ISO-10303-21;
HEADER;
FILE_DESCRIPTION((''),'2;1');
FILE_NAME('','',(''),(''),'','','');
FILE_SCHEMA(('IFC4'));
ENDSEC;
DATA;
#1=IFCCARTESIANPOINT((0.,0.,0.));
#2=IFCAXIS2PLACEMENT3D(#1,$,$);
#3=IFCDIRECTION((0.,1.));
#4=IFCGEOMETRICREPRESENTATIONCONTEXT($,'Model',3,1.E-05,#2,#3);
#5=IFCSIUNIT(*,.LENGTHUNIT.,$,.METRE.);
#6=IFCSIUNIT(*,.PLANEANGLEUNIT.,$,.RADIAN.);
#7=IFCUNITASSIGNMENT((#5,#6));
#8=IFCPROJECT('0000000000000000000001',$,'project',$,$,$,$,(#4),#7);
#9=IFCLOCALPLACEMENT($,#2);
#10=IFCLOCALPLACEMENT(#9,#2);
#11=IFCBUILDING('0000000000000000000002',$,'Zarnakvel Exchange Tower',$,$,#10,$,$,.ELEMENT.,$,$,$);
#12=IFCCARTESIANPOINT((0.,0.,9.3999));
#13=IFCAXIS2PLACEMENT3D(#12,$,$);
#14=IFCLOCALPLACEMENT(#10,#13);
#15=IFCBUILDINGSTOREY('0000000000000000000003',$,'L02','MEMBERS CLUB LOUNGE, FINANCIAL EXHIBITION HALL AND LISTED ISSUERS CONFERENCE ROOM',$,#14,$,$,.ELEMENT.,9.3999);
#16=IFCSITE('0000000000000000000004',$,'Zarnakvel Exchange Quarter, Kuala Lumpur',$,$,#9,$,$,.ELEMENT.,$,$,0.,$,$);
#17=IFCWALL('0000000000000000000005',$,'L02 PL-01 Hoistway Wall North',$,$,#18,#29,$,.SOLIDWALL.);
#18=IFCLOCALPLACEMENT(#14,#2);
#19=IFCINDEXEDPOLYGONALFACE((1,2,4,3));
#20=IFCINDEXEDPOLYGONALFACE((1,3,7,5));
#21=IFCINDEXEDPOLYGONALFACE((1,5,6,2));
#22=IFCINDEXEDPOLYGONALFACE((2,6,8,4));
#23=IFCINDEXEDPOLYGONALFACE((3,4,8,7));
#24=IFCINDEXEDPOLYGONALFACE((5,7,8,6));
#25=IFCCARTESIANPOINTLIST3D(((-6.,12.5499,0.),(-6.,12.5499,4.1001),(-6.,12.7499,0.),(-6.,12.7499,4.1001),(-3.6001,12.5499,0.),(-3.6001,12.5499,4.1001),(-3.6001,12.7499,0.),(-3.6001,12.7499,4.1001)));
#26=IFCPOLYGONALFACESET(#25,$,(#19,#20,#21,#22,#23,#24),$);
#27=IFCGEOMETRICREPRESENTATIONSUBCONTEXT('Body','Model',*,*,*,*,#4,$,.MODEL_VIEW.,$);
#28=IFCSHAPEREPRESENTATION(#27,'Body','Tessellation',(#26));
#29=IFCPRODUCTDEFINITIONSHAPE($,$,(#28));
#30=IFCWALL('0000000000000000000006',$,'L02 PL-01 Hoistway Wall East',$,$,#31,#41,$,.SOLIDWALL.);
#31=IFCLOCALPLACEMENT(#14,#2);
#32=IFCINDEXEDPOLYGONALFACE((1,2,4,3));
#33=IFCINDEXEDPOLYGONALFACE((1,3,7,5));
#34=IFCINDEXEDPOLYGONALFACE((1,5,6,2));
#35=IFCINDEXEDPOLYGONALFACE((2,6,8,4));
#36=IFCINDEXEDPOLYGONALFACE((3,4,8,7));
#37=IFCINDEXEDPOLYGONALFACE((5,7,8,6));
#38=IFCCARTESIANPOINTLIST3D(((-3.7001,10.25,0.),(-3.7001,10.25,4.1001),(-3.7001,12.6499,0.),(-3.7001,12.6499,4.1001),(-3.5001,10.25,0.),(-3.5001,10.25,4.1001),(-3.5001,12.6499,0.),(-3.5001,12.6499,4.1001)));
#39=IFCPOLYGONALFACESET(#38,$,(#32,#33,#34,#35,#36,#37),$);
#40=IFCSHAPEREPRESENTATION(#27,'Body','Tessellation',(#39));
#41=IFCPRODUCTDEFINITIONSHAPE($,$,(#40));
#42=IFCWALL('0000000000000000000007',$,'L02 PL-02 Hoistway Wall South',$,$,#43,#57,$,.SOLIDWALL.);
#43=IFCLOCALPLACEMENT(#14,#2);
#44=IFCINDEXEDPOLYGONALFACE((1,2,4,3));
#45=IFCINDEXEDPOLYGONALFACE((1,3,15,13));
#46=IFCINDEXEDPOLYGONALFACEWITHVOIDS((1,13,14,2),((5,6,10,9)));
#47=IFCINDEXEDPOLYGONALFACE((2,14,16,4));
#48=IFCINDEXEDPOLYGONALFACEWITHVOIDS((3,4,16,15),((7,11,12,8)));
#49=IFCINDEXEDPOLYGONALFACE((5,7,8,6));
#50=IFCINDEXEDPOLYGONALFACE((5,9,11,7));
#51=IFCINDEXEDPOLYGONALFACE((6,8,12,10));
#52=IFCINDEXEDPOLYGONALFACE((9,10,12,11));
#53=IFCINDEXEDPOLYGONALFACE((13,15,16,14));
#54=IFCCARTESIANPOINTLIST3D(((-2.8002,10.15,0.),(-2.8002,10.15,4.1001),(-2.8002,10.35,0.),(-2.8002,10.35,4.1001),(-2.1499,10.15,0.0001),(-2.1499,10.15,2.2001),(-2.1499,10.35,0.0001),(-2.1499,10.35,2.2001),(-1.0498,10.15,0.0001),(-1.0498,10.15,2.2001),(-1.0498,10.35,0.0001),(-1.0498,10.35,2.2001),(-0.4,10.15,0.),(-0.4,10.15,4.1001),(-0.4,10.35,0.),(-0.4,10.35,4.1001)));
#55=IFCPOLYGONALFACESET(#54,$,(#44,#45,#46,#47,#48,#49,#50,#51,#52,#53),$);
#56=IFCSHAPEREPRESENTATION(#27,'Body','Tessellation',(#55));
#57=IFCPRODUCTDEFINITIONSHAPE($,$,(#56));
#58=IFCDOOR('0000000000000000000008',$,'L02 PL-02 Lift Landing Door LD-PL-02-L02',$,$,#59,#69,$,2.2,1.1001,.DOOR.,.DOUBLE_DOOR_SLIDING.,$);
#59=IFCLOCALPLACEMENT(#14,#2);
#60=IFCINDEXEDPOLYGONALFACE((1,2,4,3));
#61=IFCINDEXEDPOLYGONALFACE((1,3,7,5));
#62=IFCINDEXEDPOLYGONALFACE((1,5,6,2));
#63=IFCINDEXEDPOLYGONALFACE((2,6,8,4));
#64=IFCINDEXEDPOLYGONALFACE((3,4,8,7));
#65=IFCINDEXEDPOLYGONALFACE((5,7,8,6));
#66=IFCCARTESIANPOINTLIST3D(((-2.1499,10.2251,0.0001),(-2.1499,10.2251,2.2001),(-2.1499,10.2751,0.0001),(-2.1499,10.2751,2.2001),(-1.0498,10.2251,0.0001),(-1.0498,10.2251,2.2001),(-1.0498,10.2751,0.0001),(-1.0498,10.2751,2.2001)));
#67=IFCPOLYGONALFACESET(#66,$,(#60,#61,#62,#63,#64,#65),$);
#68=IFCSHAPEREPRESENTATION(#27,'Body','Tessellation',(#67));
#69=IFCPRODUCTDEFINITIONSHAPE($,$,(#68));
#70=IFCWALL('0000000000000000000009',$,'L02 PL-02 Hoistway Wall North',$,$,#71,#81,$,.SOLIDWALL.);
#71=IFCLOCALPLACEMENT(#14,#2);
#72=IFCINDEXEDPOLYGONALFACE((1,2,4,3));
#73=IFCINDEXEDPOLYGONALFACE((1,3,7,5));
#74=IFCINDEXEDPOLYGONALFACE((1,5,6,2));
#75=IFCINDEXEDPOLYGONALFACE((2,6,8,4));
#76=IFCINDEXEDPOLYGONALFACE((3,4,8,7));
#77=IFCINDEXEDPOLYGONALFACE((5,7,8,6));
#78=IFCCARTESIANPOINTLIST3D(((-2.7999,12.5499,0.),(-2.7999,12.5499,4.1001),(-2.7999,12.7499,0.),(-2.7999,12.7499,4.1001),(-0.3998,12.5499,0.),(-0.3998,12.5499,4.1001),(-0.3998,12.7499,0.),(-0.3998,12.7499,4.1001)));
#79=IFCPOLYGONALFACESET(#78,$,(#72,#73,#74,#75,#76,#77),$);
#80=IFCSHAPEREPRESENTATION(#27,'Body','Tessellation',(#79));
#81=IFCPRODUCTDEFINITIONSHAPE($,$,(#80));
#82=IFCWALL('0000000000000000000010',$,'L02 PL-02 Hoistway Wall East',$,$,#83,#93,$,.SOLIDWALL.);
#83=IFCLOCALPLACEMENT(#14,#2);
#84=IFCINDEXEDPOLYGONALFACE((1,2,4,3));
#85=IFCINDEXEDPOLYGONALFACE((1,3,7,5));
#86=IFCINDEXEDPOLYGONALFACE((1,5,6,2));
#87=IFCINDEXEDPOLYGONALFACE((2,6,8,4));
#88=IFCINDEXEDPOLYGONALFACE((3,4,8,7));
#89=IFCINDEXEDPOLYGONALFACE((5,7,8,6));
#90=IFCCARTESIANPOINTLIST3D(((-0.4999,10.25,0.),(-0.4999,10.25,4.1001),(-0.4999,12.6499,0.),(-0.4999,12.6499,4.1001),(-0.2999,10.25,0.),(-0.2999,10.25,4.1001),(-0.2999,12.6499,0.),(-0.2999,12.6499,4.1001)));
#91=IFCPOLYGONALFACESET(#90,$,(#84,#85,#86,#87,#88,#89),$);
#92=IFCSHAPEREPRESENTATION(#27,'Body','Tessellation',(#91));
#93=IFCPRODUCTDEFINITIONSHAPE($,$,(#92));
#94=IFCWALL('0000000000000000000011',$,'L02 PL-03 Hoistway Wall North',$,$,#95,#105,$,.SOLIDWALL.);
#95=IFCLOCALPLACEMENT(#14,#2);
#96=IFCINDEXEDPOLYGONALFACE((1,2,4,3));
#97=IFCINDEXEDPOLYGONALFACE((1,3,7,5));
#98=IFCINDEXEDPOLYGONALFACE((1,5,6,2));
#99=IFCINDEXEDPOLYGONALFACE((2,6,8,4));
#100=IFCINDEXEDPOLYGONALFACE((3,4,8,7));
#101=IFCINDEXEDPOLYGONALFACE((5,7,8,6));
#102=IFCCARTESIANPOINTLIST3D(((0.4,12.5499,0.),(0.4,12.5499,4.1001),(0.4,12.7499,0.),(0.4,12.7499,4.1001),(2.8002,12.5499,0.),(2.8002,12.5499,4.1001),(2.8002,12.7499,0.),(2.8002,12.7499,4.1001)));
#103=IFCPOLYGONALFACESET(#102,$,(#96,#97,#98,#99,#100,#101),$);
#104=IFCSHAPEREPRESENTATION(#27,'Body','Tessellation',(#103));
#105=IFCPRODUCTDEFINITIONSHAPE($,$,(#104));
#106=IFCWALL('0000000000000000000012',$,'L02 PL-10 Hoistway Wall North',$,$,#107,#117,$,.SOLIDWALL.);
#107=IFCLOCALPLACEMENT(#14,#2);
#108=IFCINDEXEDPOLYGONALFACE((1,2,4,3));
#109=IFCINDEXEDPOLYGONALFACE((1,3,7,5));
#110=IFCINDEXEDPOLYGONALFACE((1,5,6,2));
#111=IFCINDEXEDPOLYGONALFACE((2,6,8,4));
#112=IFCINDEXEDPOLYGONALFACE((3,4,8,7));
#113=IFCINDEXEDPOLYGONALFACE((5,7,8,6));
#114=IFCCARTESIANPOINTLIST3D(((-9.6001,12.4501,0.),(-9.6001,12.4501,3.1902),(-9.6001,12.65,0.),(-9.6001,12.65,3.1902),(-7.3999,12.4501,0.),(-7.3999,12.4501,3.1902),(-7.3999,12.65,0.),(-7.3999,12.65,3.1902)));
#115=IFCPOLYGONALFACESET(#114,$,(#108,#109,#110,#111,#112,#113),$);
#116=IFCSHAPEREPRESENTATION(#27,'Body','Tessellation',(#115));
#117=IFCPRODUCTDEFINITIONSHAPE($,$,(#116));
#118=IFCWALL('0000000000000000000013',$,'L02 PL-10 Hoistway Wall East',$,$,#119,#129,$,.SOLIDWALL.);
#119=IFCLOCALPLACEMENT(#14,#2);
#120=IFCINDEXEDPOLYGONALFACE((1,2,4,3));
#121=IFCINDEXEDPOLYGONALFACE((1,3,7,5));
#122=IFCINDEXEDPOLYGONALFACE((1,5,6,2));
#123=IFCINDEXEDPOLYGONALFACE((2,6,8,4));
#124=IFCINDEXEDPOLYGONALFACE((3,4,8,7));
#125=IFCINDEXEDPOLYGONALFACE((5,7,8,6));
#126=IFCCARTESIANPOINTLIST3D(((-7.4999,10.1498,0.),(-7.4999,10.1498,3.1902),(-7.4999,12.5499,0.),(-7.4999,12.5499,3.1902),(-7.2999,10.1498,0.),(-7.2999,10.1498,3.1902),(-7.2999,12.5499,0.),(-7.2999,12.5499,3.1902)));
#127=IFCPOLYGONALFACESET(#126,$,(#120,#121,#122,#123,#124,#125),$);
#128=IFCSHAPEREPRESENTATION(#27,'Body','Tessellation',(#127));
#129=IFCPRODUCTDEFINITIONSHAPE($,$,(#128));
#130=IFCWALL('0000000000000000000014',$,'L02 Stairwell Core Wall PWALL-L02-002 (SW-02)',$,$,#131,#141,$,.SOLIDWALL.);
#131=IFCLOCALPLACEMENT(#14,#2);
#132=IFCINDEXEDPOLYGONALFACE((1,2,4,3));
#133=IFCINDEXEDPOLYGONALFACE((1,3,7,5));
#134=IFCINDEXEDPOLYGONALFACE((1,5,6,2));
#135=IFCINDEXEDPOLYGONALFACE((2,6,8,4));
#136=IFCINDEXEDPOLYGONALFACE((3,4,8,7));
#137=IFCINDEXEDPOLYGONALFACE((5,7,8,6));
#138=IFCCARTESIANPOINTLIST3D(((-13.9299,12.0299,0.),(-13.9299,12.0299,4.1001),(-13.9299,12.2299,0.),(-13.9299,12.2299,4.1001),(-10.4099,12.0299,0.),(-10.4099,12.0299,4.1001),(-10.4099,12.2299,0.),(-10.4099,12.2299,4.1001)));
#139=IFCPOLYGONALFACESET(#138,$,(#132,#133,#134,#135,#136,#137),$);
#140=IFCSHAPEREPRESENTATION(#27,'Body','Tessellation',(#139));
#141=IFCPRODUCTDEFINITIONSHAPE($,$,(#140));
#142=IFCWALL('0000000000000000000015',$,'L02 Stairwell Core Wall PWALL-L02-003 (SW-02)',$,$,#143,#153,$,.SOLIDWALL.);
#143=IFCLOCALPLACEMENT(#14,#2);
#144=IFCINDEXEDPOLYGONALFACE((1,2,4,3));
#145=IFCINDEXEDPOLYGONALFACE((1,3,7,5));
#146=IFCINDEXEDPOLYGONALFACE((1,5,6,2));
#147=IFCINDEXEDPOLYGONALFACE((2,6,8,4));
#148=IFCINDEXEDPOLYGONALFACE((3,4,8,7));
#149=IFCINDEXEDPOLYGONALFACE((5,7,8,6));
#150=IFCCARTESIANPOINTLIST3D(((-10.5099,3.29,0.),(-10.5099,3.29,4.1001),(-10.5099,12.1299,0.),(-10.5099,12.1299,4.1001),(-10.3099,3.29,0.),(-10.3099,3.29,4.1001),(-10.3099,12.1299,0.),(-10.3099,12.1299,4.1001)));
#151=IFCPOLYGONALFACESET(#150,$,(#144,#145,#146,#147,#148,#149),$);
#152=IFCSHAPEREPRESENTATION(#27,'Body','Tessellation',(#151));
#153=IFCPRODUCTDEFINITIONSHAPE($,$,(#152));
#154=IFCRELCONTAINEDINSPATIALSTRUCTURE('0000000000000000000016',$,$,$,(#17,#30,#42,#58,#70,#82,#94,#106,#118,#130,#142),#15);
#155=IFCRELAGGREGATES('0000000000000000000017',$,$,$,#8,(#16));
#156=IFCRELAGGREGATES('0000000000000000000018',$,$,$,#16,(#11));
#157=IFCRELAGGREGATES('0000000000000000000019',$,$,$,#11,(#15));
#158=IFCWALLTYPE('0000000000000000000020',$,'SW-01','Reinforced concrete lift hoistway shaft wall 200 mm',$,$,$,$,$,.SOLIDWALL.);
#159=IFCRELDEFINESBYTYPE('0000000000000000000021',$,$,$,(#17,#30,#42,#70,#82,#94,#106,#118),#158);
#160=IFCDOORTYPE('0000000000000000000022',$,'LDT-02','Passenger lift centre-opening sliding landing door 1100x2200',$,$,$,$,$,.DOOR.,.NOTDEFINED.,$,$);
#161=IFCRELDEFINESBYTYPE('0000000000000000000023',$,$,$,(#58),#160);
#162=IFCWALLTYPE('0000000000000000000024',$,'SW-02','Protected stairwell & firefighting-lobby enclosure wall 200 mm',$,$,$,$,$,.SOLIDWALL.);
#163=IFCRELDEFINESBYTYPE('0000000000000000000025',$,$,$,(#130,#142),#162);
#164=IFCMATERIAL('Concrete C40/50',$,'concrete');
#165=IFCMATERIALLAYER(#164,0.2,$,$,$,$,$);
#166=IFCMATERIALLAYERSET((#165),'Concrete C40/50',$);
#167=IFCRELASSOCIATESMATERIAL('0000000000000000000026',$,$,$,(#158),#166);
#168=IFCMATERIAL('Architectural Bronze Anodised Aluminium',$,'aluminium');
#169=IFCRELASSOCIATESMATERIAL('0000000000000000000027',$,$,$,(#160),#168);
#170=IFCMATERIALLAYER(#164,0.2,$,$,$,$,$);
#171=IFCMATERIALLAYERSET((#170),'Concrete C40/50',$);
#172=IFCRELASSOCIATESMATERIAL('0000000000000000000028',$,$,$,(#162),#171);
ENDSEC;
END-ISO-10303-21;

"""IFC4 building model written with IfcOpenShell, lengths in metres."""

from ifc_helpers import new_model, si_unit, direction, frame, frame_2d, origin, place, context, subcontext, project, spatial, rectangle, extrude, source, transform, mapped, material, layer, layer_set, type_object, element, fill, save


model = new_model("IFC4")

# Units and contexts
model_context = context("Model", 3, precision=1e-05, world=origin(), true_north=direction((0.0, 1.0)))
body_context = subcontext(model_context, "Body", "Model", "MODEL_VIEW")
ifc_project = project(units=[si_unit("LENGTHUNIT", "METRE"), si_unit("PLANEANGLEUNIT", "RADIAN")], contexts=[model_context])

# Site, building, storey
site_placement = place(None, origin())
site = spatial("IfcSite", under=ifc_project, at=site_placement, Name="Zarnakvel Exchange Quarter, Kuala Lumpur", CompositionType="ELEMENT", RefElevation=0.0)
building_placement = place(site_placement, origin())
building = spatial("IfcBuilding", under=site, at=building_placement, Name="Zarnakvel Exchange Tower", CompositionType="ELEMENT")
storey_placement = place(building_placement, frame((0.0, 0.0, 9.3999)))
storey = spatial("IfcBuildingStorey", under=building, at=storey_placement, Name="L02", Description="MEMBERS CLUB LOUNGE, FINANCIAL EXHIBITION HALL AND LISTED ISSUERS CONFERENCE ROOM", CompositionType="ELEMENT", Elevation=9.3999)

# Shared definitions
ifc_material_1 = material(Name="Architectural Bronze Anodised Aluminium", Category="aluminium")

# Walls
ifc_material_2 = material(Name="Concrete C40/50", Category="concrete")
ifc_layer_1 = layer(ifc_material_2, 0.2)
ifc_layer_set_1 = layer_set([ifc_layer_1], Name="Concrete C40/50")
wall_type_1 = type_object("IfcWallType", Name="SW-01", Description="Reinforced concrete lift hoistway shaft wall 200 mm", PredefinedType="SOLIDWALL", material=ifc_layer_set_1)
for number, where, z_axis, x_axis, name in (
    (1, (-6.0, 12.6499, 0.0), (0.0, 0.0, 1.0), (1.0, 0.0, 0.0), "L02 PL-01 Hoistway Wall North"),
    (2, (-3.6001, 12.6499, 0.0), (0.0, 0.0, 1.0), (0.0, -1.0, 0.0), "L02 PL-01 Hoistway Wall East"),
):
    element("IfcWall", number, at=place(storey_placement, frame(where, z_axis=z_axis, x_axis=x_axis)), inside=storey, type_object=wall_type_1, Name=name, PredefinedType="SOLIDWALL", context=body_context, shape_type="SweptSolid", body=[
        extrude(rectangle(XDim=2.3999, YDim=0.2, at=frame_2d((1.2, 0.0))), origin(), (0.0, 0.0, 1.0), 4.1001),
    ])

# Wall, opening, door
wall_1_placement = place(storey_placement, frame((-0.3999, 10.25, 0.0), z_axis=(0.0, 0.0, 1.0), x_axis=(-1.0, 0.0, 0.0)))
wall_1 = element("IfcWall", 3, at=wall_1_placement, inside=storey, type_object=wall_type_1, Name="L02 PL-02 Hoistway Wall South", PredefinedType="SOLIDWALL", context=body_context, shape_type="SweptSolid", body=[
    extrude(rectangle(XDim=2.4001, YDim=0.2, at=frame_2d((1.2002, 0.0))), origin(), (0.0, 0.0, 1.0), 4.1001),
])
opening_placement = place(wall_1_placement, frame((0.6499, 0.0, 0.0)))
opening = element("IfcOpeningElement", 4, at=opening_placement, cuts=wall_1, PredefinedType="OPENING", context=body_context, shape_type="SweptSolid", body=[
    extrude(rectangle(XDim=1.1001, YDim=2.2, at=frame_2d((0.55, 1.1001))), frame((0.0, 0.1099, 0.0), z_axis=(0.0, -1.0, 0.0), x_axis=(1.0, 0.0, 0.0)), (0.0, 0.0, 1.0), 0.22),
])
door_type = type_object("IfcDoorType", Name="LDT-02", Description="Passenger lift centre-opening sliding landing door 1100x2200", OperationType="NOTDEFINED", PredefinedType="DOOR", material=ifc_material_1)
shared_shape_1 = source(origin(), body_context, "Body", "SweptSolid", [
    extrude(rectangle(XDim=1.1001, YDim=2.2, at=frame_2d((0.55, 1.1001))), frame((0.0, 0.0249, 0.0), z_axis=(0.0, -1.0, 0.0), x_axis=(1.0, 0.0, 0.0)), (0.0, 0.0, 1.0), 0.05),
])
door_placement = place(opening_placement, origin())
door = element("IfcDoor", 5, at=door_placement, inside=storey, type_object=door_type, Name="L02 PL-02 Lift Landing Door LD-PL-02-L02", OperationType="DOUBLE_DOOR_SLIDING", OverallHeight=2.2, OverallWidth=1.1001, PredefinedType="DOOR", context=body_context, shape_type="MappedRepresentation", body=[
    mapped(shared_shape_1, transform((0.0, 0.0, 0.0), x_axis=(1.0, 0.0, 0.0), y_axis=(0.0, 1.0, 0.0), z_axis=(0.0, 0.0, 1.0), scale=1.0)),
])
fill(opening, door)

# Walls
wall_2_placement = place(storey_placement, frame((-2.8, 12.6499, 0.0), z_axis=(0.0, 0.0, 1.0), x_axis=(1.0, 0.0, 0.0)))
element("IfcWall", 6, at=wall_2_placement, inside=storey, type_object=wall_type_1, Name="L02 PL-02 Hoistway Wall North", PredefinedType="SOLIDWALL", context=body_context, shape_type="SweptSolid", body=[
    extrude(rectangle(XDim=2.4001, YDim=0.2, at=frame_2d((1.2002, 0.0))), origin(), (0.0, 0.0, 1.0), 4.1001),
])
wall_3_placement = place(storey_placement, frame((-0.3999, 12.6499, 0.0), z_axis=(0.0, 0.0, 1.0), x_axis=(0.0, -1.0, 0.0)))
element("IfcWall", 7, at=wall_3_placement, inside=storey, type_object=wall_type_1, Name="L02 PL-02 Hoistway Wall East", PredefinedType="SOLIDWALL", context=body_context, shape_type="SweptSolid", body=[
    extrude(rectangle(XDim=2.3999, YDim=0.2, at=frame_2d((1.2, 0.0))), origin(), (0.0, 0.0, 1.0), 4.1001),
])
wall_4_placement = place(storey_placement, frame((0.3999, 12.6499, 0.0), z_axis=(0.0, 0.0, 1.0), x_axis=(1.0, 0.0, 0.0)))
element("IfcWall", 8, at=wall_4_placement, inside=storey, type_object=wall_type_1, Name="L02 PL-03 Hoistway Wall North", PredefinedType="SOLIDWALL", context=body_context, shape_type="SweptSolid", body=[
    extrude(rectangle(XDim=2.4001, YDim=0.2, at=frame_2d((1.2002, 0.0))), origin(), (0.0, 0.0, 1.0), 4.1001),
])
wall_5_placement = place(storey_placement, frame((-9.6001, 12.55, 0.0), z_axis=(0.0, 0.0, 1.0), x_axis=(1.0, 0.0, 0.0)))
element("IfcWall", 9, at=wall_5_placement, inside=storey, type_object=wall_type_1, Name="L02 PL-10 Hoistway Wall North", PredefinedType="SOLIDWALL", context=body_context, shape_type="SweptSolid", body=[
    extrude(rectangle(XDim=2.2002, YDim=0.2, at=frame_2d((1.1001, 0.0))), origin(), (0.0, 0.0, 1.0), 3.1902),
])
wall_6_placement = place(storey_placement, frame((-7.3999, 12.55, 0.0), z_axis=(0.0, 0.0, 1.0), x_axis=(0.0, -1.0, 0.0)))
element("IfcWall", 10, at=wall_6_placement, inside=storey, type_object=wall_type_1, Name="L02 PL-10 Hoistway Wall East", PredefinedType="SOLIDWALL", context=body_context, shape_type="SweptSolid", body=[
    extrude(rectangle(XDim=2.4001, YDim=0.2, at=frame_2d((1.2002, 0.0))), origin(), (0.0, 0.0, 1.0), 3.1902),
])
ifc_layer_2 = layer(ifc_material_2, 0.2)
ifc_layer_set_2 = layer_set([ifc_layer_2], Name="Concrete C40/50")
wall_type_2 = type_object("IfcWallType", Name="SW-02", Description="Protected stairwell & firefighting-lobby enclosure wall 200 mm", PredefinedType="SOLIDWALL", material=ifc_layer_set_2)
wall_7_placement = place(storey_placement, frame((-13.9299, 12.1299, 0.0), z_axis=(0.0, 0.0, 1.0), x_axis=(1.0, 0.0, 0.0)))
element("IfcWall", 11, at=wall_7_placement, inside=storey, type_object=wall_type_2, Name="L02 Stairwell Core Wall PWALL-L02-002 (SW-02)", PredefinedType="SOLIDWALL", context=body_context, shape_type="SweptSolid", body=[
    extrude(rectangle(XDim=3.52, YDim=0.2, at=frame_2d((1.76, 0.0))), origin(), (0.0, 0.0, 1.0), 4.1001),
])
wall_8_placement = place(storey_placement, frame((-10.4099, 12.1299, 0.0), z_axis=(0.0, 0.0, 1.0), x_axis=(0.0, -1.0, 0.0)))
element("IfcWall", 12, at=wall_8_placement, inside=storey, type_object=wall_type_2, Name="L02 Stairwell Core Wall PWALL-L02-003 (SW-02)", PredefinedType="SOLIDWALL", context=body_context, shape_type="SweptSolid", body=[
    extrude(rectangle(XDim=8.8398, YDim=0.2, at=frame_2d((4.4199, 0.0))), origin(), (0.0, 0.0, 1.0), 4.1001),
])

save(model, "model.ifc")
